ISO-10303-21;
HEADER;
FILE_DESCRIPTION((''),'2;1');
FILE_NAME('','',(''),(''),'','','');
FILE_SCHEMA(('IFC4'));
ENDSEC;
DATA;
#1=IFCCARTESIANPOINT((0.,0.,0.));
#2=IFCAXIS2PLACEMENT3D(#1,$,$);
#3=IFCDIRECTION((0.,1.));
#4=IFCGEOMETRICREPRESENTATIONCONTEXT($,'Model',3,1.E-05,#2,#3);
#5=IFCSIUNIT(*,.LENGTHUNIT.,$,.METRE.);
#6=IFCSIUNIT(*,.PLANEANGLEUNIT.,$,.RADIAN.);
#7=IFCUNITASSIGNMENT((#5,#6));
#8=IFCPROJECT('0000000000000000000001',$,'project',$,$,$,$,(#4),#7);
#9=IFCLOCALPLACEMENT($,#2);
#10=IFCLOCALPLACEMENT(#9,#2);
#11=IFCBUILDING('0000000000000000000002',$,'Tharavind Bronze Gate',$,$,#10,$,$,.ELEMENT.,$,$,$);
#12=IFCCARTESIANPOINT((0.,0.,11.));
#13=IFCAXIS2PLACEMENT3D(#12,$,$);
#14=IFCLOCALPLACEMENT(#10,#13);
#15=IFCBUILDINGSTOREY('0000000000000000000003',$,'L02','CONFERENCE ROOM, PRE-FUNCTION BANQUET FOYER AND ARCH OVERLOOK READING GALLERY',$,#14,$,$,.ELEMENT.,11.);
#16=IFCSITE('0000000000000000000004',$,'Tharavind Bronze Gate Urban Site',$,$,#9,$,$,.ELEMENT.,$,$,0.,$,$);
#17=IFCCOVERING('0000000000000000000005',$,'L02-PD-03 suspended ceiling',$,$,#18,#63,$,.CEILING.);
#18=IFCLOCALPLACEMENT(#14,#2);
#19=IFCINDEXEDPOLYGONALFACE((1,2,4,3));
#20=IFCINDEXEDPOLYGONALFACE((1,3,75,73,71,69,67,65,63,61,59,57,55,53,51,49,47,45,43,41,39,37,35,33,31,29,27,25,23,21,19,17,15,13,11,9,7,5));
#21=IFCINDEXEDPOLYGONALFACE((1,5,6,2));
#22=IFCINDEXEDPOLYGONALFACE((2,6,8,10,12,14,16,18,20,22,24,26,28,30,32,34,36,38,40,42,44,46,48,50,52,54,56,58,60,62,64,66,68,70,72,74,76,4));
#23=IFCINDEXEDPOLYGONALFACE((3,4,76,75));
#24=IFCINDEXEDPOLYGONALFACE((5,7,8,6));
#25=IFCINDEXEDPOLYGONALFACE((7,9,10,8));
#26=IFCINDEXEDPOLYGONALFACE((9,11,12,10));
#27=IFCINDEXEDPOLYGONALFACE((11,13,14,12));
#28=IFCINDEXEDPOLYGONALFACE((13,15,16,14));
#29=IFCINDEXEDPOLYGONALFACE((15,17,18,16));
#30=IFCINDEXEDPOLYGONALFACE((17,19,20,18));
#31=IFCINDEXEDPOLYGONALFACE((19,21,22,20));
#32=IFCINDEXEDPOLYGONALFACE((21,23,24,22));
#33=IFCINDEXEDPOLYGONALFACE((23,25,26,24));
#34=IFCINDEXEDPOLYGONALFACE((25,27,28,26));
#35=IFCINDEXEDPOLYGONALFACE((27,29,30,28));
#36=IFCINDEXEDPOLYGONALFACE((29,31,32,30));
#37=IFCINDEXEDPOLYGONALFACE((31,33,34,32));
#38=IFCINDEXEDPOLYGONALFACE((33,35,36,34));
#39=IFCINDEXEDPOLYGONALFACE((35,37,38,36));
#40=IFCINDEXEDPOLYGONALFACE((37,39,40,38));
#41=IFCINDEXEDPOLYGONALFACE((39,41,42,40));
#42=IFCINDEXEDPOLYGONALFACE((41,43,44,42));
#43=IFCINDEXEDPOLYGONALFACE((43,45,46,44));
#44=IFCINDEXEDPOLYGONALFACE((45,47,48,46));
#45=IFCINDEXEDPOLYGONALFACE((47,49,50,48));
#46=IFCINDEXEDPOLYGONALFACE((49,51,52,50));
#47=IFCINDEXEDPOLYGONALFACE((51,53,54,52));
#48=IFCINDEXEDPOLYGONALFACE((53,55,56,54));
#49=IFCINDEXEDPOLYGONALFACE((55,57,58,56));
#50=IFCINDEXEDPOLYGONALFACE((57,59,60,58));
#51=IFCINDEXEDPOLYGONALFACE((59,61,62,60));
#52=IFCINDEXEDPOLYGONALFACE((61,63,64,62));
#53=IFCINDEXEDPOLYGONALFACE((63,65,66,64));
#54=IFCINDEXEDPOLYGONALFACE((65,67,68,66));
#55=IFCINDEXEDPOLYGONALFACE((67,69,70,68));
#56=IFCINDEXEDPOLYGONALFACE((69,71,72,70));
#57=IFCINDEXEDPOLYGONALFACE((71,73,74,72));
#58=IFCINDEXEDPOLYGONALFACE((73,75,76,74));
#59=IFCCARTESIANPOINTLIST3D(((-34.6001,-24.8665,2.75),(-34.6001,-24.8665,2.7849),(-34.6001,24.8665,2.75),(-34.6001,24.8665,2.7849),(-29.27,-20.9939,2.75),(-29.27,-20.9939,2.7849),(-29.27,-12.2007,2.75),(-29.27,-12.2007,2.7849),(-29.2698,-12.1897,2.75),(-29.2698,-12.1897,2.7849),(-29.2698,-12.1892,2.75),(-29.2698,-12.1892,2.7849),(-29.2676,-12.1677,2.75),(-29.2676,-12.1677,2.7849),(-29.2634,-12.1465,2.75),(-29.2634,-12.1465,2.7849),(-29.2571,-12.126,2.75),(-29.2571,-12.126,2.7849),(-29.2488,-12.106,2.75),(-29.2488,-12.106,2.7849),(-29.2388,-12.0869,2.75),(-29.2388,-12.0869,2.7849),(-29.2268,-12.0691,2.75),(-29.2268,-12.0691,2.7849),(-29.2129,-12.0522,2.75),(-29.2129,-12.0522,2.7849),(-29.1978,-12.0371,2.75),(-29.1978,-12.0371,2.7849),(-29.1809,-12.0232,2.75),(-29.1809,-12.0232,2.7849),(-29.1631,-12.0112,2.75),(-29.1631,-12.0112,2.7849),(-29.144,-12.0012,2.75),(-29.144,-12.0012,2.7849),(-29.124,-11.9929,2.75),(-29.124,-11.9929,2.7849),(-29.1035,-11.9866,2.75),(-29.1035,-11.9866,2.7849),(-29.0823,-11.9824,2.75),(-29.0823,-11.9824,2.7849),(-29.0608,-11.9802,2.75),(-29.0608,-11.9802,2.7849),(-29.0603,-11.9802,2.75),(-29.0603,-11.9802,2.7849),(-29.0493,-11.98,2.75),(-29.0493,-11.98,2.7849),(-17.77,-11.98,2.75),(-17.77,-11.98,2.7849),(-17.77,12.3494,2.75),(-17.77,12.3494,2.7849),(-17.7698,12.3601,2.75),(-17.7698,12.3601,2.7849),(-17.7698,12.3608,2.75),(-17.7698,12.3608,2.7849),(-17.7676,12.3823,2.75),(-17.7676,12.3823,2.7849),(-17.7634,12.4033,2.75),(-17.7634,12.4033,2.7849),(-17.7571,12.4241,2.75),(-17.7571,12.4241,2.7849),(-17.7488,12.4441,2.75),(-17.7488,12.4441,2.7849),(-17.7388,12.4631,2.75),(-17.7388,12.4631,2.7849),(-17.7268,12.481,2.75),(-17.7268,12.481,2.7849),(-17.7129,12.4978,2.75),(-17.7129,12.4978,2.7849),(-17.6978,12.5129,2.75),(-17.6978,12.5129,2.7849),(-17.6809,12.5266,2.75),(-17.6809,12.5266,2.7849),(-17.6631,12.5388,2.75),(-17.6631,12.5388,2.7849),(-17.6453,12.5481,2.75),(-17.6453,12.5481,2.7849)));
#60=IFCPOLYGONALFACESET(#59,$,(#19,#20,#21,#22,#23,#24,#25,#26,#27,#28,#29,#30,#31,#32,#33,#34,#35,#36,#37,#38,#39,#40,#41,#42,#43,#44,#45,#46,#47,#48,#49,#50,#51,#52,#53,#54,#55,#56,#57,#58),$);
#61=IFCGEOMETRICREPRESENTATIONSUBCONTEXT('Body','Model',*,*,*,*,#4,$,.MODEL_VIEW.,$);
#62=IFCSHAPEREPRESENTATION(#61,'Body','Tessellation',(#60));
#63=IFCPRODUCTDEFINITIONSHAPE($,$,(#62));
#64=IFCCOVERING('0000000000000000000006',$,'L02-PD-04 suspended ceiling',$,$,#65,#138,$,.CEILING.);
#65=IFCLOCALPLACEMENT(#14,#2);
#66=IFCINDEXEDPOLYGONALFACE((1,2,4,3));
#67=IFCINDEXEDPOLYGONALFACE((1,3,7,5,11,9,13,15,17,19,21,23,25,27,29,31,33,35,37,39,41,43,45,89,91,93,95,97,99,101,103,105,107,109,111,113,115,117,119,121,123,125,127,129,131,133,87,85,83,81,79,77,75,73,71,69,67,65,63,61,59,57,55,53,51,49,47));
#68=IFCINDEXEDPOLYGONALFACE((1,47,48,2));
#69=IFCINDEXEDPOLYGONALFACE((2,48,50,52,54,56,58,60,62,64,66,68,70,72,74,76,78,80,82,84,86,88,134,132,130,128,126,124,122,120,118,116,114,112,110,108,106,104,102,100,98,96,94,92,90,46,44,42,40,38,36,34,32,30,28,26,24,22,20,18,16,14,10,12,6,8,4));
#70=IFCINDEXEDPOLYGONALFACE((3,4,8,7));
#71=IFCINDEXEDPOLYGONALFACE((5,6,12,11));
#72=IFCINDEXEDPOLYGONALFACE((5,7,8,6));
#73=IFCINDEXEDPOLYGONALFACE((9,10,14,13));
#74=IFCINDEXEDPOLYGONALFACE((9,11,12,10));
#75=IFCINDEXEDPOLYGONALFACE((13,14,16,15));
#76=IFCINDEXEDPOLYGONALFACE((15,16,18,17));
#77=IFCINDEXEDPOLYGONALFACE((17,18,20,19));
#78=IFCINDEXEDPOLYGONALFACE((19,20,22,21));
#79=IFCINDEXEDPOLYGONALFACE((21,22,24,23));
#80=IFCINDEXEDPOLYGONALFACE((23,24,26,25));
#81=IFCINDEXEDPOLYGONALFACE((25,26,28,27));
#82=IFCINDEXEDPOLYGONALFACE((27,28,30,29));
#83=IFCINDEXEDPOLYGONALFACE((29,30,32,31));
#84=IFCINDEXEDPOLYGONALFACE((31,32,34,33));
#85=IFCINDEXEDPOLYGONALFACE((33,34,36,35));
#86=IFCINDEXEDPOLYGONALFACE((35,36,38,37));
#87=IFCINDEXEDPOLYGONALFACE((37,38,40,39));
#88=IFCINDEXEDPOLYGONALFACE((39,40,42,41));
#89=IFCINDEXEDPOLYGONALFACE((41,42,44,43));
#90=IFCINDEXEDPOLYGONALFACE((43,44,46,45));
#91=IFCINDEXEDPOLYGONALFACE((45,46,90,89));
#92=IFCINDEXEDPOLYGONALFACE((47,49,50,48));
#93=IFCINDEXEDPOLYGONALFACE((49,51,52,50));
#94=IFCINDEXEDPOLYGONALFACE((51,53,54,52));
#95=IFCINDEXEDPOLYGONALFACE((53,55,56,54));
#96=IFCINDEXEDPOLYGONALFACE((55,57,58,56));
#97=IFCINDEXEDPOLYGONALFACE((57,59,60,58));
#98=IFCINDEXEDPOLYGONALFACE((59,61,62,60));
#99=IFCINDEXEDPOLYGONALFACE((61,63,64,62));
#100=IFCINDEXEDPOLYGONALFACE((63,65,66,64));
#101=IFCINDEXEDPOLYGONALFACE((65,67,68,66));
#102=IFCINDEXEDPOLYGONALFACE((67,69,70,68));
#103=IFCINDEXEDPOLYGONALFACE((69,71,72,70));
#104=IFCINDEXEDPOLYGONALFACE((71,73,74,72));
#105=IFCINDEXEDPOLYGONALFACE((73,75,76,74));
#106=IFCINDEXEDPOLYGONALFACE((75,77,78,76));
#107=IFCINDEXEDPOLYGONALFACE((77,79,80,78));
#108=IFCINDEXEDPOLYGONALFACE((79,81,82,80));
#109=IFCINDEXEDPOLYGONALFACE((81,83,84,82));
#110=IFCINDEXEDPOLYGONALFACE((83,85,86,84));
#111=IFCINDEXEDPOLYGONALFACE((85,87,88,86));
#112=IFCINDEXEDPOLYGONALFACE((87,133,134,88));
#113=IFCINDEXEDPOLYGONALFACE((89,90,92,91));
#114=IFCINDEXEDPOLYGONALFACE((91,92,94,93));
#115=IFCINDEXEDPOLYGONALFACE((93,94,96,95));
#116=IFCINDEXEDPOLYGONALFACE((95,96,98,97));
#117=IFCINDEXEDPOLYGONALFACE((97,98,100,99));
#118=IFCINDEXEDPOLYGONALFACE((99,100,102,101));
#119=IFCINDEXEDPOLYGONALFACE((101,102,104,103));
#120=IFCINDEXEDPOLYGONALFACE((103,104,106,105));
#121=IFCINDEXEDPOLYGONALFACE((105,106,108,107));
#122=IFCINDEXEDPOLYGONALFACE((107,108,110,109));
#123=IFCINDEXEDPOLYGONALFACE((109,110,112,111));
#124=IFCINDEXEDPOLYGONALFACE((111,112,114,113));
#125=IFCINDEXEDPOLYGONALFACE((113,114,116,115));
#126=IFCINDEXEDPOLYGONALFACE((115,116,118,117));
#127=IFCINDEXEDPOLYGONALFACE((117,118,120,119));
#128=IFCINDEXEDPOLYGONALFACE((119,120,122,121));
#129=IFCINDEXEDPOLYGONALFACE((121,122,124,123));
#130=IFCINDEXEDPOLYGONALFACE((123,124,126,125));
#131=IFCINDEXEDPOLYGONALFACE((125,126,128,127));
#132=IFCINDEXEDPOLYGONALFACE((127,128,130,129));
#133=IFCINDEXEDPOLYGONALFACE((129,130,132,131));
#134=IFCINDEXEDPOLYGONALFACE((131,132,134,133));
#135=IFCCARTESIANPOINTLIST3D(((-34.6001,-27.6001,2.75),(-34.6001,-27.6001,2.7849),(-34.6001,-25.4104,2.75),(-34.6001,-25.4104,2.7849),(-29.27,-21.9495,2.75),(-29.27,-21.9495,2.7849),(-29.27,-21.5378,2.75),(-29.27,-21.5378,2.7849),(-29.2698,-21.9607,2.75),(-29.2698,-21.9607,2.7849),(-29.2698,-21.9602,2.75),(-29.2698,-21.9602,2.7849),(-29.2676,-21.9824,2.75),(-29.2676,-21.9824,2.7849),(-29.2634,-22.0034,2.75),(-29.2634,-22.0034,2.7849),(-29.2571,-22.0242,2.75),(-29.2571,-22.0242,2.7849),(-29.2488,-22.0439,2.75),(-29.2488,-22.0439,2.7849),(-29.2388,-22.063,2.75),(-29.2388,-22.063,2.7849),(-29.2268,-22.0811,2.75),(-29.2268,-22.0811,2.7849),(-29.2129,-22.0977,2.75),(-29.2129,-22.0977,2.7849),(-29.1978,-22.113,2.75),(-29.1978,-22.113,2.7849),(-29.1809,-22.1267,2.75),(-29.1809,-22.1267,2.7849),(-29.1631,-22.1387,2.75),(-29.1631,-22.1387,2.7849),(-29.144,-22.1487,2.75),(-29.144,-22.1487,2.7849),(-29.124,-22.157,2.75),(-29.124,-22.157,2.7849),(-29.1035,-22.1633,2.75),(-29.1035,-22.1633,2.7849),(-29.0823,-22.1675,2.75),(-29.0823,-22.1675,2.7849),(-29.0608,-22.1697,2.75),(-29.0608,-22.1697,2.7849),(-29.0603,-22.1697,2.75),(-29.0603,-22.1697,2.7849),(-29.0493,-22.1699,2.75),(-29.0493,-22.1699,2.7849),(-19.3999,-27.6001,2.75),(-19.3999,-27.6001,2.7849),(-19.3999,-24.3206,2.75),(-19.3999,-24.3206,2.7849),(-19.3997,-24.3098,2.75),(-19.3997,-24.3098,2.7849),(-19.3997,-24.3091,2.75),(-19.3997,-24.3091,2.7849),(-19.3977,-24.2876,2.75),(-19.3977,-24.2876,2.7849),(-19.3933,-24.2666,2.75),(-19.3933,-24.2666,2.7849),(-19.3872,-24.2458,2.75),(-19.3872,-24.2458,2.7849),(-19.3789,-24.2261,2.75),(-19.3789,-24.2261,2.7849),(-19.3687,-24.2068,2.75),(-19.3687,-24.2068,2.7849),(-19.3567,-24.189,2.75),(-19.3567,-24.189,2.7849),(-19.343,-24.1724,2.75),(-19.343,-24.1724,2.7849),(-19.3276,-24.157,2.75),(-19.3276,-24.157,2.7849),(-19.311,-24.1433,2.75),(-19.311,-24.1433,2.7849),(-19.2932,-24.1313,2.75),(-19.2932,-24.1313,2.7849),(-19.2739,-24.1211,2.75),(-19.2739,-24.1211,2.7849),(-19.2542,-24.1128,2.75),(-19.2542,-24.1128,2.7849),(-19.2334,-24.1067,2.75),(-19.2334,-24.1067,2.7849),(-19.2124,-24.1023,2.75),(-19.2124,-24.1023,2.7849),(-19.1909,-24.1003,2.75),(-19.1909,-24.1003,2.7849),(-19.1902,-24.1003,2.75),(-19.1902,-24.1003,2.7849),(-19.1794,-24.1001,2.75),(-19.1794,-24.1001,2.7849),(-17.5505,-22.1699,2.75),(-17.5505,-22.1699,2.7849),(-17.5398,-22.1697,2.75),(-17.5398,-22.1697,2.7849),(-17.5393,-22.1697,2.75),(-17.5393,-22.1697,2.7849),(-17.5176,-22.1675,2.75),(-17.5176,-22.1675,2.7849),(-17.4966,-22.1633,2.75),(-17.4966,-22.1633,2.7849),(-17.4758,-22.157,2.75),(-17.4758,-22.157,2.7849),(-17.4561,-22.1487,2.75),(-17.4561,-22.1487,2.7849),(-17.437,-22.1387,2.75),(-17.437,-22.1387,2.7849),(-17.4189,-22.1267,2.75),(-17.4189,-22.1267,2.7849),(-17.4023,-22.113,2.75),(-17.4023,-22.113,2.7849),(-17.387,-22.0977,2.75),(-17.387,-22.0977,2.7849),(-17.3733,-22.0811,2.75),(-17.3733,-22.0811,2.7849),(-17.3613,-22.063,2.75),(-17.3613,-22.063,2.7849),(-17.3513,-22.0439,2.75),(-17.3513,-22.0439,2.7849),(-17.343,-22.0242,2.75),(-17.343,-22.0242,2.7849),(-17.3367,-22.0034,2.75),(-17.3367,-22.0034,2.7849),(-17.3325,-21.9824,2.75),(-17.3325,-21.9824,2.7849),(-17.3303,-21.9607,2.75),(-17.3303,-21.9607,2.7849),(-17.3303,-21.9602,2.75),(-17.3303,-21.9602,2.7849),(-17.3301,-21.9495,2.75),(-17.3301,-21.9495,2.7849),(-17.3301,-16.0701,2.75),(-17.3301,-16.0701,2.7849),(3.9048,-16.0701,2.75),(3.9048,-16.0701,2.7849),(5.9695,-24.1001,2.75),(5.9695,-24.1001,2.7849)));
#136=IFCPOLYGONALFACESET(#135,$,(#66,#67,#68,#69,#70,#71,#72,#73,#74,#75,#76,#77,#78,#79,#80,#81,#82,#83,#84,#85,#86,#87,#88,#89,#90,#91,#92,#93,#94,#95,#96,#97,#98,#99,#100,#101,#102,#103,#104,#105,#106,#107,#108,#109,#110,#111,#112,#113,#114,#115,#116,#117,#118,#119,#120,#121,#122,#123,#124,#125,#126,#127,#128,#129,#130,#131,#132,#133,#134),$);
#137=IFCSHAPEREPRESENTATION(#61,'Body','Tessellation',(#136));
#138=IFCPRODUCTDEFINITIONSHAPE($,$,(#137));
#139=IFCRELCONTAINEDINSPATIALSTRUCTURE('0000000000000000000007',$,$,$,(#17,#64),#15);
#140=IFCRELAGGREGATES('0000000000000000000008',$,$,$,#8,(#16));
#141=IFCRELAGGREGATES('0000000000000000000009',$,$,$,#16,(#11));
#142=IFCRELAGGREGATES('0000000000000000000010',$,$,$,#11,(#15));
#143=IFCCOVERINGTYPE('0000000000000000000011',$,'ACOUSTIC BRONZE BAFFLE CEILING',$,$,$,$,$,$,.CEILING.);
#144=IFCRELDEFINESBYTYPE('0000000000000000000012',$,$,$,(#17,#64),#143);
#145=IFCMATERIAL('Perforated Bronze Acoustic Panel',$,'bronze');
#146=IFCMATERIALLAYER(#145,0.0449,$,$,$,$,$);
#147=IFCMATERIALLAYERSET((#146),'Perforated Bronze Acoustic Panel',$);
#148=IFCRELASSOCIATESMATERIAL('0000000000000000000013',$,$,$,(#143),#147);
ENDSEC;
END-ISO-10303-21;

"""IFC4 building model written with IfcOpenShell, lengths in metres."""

from ifc_helpers import new_model, si_unit, direction, frame, origin, place, context, subcontext, project, spatial, polyline, outline, extrude, material, layer, layer_set, type_object, element, save


model = new_model("IFC4")

# Units and contexts
model_context = context("Model", 3, precision=1e-05, world=origin(), true_north=direction((0.0, 1.0)))
body_context = subcontext(model_context, "Body", "Model", "MODEL_VIEW")
ifc_project = project(units=[si_unit("LENGTHUNIT", "METRE"), si_unit("PLANEANGLEUNIT", "RADIAN")], contexts=[model_context])

# Site, building, storey
site_placement = place(None, origin())
site = spatial("IfcSite", under=ifc_project, at=site_placement, Name="Tharavind Bronze Gate Urban Site", CompositionType="ELEMENT", RefElevation=0.0)
building_placement = place(site_placement, origin())
building = spatial("IfcBuilding", under=site, at=building_placement, Name="Tharavind Bronze Gate", CompositionType="ELEMENT")
storey_placement = place(building_placement, frame((0.0, 0.0, 11.0)))
storey = spatial("IfcBuildingStorey", under=building, at=storey_placement, Name="L02", Description="CONFERENCE ROOM, PRE-FUNCTION BANQUET FOYER AND ARCH OVERLOOK READING GALLERY", CompositionType="ELEMENT", Elevation=11.0)

# Coverings
ifc_material_1 = material(Name="Perforated Bronze Acoustic Panel", Category="bronze")
ifc_layer_1 = layer(ifc_material_1, 0.0449)
ifc_layer_set_1 = layer_set([ifc_layer_1], Name="Perforated Bronze Acoustic Panel")
covering_type_1 = type_object("IfcCoveringType", Name="ACOUSTIC BRONZE BAFFLE CEILING", PredefinedType="CEILING", material=ifc_layer_set_1)
covering_1_placement = place(storey_placement, frame((0.0, 0.0, 2.75)))
element("IfcCovering", 1, at=covering_1_placement, inside=storey, type_object=covering_type_1, Name="L02-PD-03 suspended ceiling", PredefinedType="CEILING", context=body_context, shape_type="SweptSolid", body=[
    extrude(outline(polyline([(-29.27, -20.9939), (-29.27, -12.2007), (-29.2698, -12.1897), (-29.2698, -12.1892), (-29.2676, -12.1677), (-29.2634, -12.1465), (-29.2571, -12.126), (-29.2488, -12.106), (-29.2388, -12.0869), (-29.2268, -12.0691), (-29.2129, -12.0522), (-29.1978, -12.0371), (-29.1809, -12.0232), (-29.1631, -12.0112), (-29.144, -12.0012), (-29.124, -11.9929), (-29.1035, -11.9866), (-29.0823, -11.9824), (-29.0608, -11.9802), (-29.0603, -11.9802), (-29.0493, -11.98), (-17.77, -11.98), (-17.77, 12.3494), (-17.7698, 12.3601), (-17.7698, 12.3608), (-17.7676, 12.3823), (-17.7634, 12.4033), (-17.7571, 12.4241), (-17.7488, 12.4441), (-17.7388, 12.4631), (-17.7268, 12.481), (-17.7129, 12.4978), (-17.6978, 12.5129), (-17.6809, 12.5266), (-17.6631, 12.5388), (-17.6453, 12.5481), (-34.6001, 24.8665), (-34.6001, -24.8665), (-29.27, -20.9939)])), origin(), (0.0, 0.0, 1.0), 0.0349),
])
covering_2_placement = place(storey_placement, frame((0.0, 0.0, 2.75)))
element("IfcCovering", 2, at=covering_2_placement, inside=storey, type_object=covering_type_1, Name="L02-PD-04 suspended ceiling", PredefinedType="CEILING", context=body_context, shape_type="SweptSolid", body=[
    extrude(outline(polyline([(-19.3999, -27.6001), (-19.3999, -24.3206), (-19.3997, -24.3098), (-19.3997, -24.3091), (-19.3977, -24.2876), (-19.3933, -24.2666), (-19.3872, -24.2458), (-19.3789, -24.2261), (-19.3687, -24.2068), (-19.3567, -24.189), (-19.343, -24.1724), (-19.3276, -24.157), (-19.311, -24.1433), (-19.2932, -24.1313), (-19.2739, -24.1211), (-19.2542, -24.1128), (-19.2334, -24.1067), (-19.2124, -24.1023), (-19.1909, -24.1003), (-19.1902, -24.1003), (-19.1794, -24.1001), (5.9695, -24.1001), (3.9048, -16.0701), (-17.3301, -16.0701), (-17.3301, -21.9495), (-17.3303, -21.9602), (-17.3303, -21.9607), (-17.3325, -21.9824), (-17.3367, -22.0034), (-17.343, -22.0242), (-17.3513, -22.0439), (-17.3613, -22.063), (-17.3733, -22.0811), (-17.387, -22.0977), (-17.4023, -22.113), (-17.4189, -22.1267), (-17.437, -22.1387), (-17.4561, -22.1487), (-17.4758, -22.157), (-17.4966, -22.1633), (-17.5176, -22.1675), (-17.5393, -22.1697), (-17.5398, -22.1697), (-17.5505, -22.1699), (-29.0493, -22.1699), (-29.0603, -22.1697), (-29.0608, -22.1697), (-29.0823, -22.1675), (-29.1035, -22.1633), (-29.124, -22.157), (-29.144, -22.1487), (-29.1631, -22.1387), (-29.1809, -22.1267), (-29.1978, -22.113), (-29.2129, -22.0977), (-29.2268, -22.0811), (-29.2388, -22.063), (-29.2488, -22.0439), (-29.2571, -22.0242), (-29.2634, -22.0034), (-29.2676, -21.9824), (-29.2698, -21.9607), (-29.2698, -21.9602), (-29.27, -21.9495), (-29.27, -21.5378), (-34.6001, -25.4104), (-34.6001, -27.6001), (-19.3999, -27.6001)])), origin(), (0.0, 0.0, 1.0), 0.0349),
])

save(model, "model.ifc")
